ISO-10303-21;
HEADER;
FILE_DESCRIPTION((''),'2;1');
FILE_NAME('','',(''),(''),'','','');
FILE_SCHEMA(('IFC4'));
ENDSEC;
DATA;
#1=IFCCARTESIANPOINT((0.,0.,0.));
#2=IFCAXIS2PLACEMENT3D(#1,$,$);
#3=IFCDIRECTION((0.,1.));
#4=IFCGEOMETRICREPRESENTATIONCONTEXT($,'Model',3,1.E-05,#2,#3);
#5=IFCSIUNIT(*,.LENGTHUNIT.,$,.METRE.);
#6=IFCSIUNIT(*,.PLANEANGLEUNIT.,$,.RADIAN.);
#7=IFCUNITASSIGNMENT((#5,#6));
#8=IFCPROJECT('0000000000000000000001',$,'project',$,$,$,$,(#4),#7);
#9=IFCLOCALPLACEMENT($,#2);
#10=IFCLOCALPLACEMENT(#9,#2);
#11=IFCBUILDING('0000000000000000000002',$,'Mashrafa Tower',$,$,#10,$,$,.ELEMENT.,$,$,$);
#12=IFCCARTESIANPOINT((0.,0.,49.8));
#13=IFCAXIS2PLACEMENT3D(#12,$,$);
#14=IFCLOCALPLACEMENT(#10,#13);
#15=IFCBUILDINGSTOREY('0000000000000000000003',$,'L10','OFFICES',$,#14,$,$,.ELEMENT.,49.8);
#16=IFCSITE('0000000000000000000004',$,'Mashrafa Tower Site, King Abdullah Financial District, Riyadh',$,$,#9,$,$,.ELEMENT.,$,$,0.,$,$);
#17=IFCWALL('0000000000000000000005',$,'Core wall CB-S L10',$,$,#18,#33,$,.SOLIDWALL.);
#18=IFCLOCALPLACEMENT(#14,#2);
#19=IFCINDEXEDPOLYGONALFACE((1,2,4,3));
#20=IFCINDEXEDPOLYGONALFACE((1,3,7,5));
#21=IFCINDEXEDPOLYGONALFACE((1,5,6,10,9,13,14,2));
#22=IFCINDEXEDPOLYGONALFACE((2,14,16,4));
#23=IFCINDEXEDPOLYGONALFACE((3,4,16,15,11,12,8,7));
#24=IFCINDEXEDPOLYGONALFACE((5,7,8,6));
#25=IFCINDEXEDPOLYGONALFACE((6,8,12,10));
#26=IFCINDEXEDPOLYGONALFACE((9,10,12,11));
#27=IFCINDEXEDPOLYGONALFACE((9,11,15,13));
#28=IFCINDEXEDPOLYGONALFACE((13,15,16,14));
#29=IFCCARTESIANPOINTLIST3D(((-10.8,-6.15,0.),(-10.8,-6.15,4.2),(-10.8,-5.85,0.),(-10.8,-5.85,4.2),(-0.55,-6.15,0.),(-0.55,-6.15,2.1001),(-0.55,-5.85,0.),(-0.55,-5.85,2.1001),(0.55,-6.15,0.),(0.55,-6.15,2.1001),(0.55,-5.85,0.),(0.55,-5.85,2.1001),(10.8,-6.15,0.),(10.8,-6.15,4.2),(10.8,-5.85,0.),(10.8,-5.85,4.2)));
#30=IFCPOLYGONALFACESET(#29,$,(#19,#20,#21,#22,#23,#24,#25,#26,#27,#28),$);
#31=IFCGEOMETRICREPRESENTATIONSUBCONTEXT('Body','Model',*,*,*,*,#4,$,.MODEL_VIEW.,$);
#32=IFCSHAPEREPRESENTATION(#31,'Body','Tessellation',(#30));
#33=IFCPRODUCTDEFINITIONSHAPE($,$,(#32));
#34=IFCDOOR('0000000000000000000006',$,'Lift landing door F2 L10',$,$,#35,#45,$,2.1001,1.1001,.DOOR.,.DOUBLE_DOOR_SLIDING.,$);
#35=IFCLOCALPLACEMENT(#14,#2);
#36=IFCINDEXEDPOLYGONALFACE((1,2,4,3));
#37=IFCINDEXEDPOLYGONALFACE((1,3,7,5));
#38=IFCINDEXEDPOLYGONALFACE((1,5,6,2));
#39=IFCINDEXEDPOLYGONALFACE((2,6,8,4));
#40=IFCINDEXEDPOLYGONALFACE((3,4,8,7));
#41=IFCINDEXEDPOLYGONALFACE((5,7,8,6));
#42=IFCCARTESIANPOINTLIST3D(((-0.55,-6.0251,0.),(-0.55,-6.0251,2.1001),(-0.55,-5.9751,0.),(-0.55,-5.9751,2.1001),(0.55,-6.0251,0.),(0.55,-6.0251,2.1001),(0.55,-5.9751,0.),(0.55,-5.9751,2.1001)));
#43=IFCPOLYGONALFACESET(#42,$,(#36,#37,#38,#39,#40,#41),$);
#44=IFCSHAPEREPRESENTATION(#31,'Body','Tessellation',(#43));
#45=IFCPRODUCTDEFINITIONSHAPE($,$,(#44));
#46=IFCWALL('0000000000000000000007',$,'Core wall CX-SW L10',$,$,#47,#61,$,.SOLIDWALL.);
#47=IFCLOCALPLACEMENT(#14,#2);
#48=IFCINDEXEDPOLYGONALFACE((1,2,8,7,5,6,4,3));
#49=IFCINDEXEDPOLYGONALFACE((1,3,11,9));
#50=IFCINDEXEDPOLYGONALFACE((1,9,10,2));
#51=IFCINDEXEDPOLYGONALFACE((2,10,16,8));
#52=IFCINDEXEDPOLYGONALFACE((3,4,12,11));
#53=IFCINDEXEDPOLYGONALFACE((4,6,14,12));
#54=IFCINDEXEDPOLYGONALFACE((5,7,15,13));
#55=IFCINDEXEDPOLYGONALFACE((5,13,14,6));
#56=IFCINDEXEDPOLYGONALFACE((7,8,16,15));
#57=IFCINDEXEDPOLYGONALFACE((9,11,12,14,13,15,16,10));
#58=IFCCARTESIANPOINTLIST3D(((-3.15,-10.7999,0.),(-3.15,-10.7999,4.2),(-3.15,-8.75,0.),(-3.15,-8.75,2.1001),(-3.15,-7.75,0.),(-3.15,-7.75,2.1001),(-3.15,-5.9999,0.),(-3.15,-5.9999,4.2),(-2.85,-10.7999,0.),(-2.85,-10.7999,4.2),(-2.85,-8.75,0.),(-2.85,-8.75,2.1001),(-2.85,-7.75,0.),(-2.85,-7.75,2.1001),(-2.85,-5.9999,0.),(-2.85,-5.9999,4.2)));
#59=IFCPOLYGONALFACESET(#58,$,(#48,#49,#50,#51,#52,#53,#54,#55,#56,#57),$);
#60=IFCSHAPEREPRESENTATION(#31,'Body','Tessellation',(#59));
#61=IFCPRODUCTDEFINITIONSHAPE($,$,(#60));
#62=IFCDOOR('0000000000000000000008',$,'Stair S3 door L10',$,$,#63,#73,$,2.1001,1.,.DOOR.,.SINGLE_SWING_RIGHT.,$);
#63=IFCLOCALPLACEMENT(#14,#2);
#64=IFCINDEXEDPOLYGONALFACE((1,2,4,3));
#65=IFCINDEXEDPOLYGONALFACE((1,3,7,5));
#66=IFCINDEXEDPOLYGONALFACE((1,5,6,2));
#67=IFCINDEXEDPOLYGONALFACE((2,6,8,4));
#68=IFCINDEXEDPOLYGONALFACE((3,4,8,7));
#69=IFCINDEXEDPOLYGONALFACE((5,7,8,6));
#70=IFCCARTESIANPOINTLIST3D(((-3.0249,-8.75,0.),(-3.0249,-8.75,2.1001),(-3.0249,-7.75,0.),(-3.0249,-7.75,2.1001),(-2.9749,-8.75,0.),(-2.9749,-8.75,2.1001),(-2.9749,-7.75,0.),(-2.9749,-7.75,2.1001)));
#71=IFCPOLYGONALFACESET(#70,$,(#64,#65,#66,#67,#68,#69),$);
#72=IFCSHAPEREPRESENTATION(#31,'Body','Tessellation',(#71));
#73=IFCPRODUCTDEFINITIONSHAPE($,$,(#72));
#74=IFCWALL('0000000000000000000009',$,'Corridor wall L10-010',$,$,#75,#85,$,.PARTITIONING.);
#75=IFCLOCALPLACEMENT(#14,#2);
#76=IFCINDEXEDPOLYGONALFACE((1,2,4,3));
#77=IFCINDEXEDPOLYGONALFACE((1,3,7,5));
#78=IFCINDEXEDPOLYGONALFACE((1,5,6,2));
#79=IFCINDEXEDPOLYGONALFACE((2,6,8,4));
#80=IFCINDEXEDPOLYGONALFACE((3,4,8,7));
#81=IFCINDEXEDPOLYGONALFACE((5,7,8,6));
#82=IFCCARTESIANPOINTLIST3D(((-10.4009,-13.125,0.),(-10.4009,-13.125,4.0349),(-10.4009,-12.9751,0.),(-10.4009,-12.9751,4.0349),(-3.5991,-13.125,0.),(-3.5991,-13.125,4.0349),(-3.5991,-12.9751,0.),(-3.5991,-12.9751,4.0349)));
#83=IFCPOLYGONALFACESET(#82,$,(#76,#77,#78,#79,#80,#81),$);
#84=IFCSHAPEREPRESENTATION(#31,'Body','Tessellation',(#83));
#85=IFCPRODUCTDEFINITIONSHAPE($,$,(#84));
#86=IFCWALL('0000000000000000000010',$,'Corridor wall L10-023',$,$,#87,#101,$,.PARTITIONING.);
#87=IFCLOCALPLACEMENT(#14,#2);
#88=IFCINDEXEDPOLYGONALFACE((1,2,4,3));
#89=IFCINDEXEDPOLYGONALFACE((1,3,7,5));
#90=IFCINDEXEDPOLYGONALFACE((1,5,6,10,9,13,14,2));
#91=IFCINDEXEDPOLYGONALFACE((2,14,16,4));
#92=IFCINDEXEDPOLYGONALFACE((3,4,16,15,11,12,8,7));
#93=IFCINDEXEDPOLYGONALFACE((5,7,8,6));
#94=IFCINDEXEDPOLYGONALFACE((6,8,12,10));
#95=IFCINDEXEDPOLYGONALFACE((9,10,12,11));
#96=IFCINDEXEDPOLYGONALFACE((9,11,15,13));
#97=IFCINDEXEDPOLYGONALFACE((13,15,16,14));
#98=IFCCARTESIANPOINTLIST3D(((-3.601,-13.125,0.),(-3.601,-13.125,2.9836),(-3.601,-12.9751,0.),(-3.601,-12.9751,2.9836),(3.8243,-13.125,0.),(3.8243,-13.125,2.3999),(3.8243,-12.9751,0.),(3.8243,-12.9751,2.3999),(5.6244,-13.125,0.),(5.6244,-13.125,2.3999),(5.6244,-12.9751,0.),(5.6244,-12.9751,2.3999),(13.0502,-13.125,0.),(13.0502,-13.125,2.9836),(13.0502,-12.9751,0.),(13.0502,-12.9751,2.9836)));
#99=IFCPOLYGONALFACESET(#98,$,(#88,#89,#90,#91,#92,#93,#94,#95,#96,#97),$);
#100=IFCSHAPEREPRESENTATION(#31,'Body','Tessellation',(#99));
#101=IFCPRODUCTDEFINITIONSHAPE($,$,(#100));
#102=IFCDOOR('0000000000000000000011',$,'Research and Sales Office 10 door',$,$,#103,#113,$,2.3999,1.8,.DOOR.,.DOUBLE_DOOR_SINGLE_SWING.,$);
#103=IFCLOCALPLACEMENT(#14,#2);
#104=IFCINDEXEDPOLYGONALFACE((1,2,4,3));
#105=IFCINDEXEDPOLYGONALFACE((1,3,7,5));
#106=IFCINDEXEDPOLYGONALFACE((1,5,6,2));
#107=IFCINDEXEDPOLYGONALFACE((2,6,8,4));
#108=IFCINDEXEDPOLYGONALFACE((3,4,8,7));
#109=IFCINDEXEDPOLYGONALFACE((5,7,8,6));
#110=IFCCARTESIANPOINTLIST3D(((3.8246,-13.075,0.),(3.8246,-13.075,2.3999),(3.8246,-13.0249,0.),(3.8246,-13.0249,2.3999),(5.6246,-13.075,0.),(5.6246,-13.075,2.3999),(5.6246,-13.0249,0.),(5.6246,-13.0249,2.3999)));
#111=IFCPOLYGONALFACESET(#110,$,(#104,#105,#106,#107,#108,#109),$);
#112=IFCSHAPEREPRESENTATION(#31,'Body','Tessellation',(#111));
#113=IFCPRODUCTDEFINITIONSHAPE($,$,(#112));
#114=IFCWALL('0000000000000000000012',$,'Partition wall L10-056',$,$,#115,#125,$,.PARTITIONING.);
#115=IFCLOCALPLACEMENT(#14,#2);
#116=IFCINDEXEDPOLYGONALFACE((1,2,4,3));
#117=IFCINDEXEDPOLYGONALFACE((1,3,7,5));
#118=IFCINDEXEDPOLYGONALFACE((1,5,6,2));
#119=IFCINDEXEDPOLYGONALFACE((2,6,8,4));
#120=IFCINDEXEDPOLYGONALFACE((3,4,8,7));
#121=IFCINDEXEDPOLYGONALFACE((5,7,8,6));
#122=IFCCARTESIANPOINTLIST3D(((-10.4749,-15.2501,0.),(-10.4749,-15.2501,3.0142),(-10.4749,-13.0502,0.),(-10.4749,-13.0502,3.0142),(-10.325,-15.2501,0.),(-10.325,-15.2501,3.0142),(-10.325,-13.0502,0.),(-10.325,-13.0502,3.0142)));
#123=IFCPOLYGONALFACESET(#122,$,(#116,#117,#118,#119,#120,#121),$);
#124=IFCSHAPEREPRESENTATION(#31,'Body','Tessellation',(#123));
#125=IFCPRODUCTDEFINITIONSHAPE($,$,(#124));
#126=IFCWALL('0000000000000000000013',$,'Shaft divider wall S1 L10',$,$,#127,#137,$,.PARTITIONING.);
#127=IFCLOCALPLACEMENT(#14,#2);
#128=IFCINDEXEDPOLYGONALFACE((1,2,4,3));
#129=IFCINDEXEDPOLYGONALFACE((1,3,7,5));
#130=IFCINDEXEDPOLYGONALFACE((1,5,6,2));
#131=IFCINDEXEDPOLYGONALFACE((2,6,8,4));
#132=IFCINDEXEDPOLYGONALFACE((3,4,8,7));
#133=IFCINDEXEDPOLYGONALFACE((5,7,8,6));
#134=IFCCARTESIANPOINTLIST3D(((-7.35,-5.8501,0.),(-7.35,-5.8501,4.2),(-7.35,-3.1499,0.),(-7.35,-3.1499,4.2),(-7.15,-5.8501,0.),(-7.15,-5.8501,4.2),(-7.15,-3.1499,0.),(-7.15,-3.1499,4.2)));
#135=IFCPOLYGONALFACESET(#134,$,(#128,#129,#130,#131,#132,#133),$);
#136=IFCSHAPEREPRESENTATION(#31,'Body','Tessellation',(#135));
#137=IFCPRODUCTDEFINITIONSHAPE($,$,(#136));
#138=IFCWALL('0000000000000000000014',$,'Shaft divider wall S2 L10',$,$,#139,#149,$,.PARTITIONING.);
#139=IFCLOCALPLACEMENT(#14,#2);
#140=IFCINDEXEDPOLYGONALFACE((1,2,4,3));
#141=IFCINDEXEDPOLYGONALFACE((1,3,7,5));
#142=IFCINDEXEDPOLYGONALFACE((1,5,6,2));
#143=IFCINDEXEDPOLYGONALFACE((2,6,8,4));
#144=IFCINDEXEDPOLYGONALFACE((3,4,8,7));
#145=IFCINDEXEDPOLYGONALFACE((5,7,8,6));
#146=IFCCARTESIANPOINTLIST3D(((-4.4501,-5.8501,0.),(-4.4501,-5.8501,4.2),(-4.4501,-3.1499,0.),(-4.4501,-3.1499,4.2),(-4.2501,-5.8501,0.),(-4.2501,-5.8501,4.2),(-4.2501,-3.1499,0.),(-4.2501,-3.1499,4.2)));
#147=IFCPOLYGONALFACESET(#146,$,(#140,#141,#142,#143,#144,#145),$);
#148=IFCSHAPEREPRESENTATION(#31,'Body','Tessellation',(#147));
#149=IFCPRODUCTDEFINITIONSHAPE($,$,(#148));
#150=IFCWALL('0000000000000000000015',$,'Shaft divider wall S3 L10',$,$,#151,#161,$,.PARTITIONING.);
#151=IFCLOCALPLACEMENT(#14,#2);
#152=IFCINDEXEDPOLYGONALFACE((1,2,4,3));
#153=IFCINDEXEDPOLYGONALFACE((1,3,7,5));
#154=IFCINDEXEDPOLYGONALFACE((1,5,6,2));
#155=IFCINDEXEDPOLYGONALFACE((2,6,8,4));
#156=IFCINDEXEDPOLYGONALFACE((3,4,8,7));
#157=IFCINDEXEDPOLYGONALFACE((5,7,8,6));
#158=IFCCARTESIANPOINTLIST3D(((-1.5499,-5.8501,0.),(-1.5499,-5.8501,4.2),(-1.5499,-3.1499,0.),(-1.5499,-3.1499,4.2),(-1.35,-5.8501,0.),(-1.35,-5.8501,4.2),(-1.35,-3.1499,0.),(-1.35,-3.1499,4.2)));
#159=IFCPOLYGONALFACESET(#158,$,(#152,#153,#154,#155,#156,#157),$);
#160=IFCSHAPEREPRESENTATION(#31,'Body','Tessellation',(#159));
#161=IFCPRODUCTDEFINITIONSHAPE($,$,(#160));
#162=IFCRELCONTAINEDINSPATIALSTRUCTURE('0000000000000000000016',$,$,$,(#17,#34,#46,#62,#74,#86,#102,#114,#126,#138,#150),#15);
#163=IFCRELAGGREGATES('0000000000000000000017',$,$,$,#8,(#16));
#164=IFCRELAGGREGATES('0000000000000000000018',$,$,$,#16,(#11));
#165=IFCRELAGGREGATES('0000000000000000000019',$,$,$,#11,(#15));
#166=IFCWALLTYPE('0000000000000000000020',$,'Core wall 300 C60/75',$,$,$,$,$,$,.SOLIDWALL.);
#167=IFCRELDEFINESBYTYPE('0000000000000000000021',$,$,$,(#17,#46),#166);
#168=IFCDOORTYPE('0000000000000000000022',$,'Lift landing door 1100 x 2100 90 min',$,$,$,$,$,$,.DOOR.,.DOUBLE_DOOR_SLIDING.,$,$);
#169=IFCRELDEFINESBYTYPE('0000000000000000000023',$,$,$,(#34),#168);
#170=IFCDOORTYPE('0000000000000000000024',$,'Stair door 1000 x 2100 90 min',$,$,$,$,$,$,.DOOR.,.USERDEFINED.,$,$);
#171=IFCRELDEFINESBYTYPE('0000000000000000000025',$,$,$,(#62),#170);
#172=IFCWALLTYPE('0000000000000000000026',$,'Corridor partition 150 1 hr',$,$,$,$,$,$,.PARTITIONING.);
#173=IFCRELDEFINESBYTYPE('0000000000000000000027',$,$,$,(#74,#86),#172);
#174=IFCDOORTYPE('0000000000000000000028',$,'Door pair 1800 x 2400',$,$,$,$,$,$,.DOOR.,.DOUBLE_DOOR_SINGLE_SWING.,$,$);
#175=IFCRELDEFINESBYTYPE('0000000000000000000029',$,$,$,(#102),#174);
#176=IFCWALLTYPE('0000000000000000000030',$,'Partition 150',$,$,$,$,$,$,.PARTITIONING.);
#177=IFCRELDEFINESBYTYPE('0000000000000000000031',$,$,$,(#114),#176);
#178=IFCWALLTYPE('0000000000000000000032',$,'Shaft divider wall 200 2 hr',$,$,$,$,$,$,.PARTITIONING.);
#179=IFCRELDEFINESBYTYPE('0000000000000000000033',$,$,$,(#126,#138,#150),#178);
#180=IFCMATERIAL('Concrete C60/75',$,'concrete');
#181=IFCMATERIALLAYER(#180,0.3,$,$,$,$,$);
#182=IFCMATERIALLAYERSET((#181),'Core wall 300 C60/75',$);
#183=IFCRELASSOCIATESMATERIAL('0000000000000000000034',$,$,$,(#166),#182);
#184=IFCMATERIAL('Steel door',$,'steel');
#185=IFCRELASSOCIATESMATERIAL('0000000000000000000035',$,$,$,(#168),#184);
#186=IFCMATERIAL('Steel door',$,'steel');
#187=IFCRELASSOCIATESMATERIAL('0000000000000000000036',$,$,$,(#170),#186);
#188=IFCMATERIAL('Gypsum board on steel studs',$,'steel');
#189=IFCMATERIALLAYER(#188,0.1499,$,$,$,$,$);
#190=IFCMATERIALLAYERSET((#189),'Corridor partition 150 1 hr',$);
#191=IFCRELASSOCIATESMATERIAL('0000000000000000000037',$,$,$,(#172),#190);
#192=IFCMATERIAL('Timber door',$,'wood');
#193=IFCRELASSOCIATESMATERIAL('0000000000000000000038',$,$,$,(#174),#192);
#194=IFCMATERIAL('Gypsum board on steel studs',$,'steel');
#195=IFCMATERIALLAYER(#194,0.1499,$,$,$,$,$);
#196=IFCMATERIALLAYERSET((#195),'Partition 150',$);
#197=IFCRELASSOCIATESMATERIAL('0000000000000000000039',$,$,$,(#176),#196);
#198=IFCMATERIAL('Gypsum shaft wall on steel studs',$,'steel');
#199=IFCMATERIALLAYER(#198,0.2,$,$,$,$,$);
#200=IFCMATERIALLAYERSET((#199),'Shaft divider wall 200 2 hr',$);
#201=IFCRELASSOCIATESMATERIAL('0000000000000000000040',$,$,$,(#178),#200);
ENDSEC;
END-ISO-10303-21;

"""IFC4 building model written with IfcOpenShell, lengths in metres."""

from ifc_helpers import new_model, si_unit, direction, frame, frame_2d, origin, place, context, subcontext, project, spatial, rectangle, extrude, material, layer, layer_set, type_object, element, fill, save


model = new_model("IFC4")

# Units and contexts
model_context = context("Model", 3, precision=1e-05, world=origin(), true_north=direction((0.0, 1.0)))
body_context = subcontext(model_context, "Body", "Model", "MODEL_VIEW")
ifc_project = project(units=[si_unit("LENGTHUNIT", "METRE"), si_unit("PLANEANGLEUNIT", "RADIAN")], contexts=[model_context])

# Site, building, storey
site_placement = place(None, origin())
site = spatial("IfcSite", under=ifc_project, at=site_placement, Name="Mashrafa Tower Site, King Abdullah Financial District, Riyadh", CompositionType="ELEMENT", RefElevation=0.0)
building_placement = place(site_placement, origin())
building = spatial("IfcBuilding", under=site, at=building_placement, Name="Mashrafa Tower", CompositionType="ELEMENT")
storey_placement = place(building_placement, frame((0.0, 0.0, 49.8)))
storey = spatial("IfcBuildingStorey", under=building, at=storey_placement, Name="L10", Description="OFFICES", CompositionType="ELEMENT", Elevation=49.8)

# Shared definitions
ifc_material_1 = material(Name="Concrete C60/75", Category="concrete")
ifc_layer_1 = layer(ifc_material_1, 0.3)
ifc_layer_set_1 = layer_set([ifc_layer_1], Name="Core wall 300 C60/75")
wall_type_1 = type_object("IfcWallType", Name="Core wall 300 C60/75", PredefinedType="SOLIDWALL", material=ifc_layer_set_1)

# Walls, openings, doors
wall_1_placement = place(storey_placement, frame((-10.8, -6.0, 0.0), z_axis=(0.0, 0.0, 1.0), x_axis=(1.0, 0.0, 0.0)))
wall_1 = element("IfcWall", 1, at=wall_1_placement, inside=storey, type_object=wall_type_1, Name="Core wall CB-S L10", PredefinedType="SOLIDWALL", context=body_context, shape_type="SweptSolid", body=[
    extrude(rectangle(XDim=21.6001, YDim=0.3, at=frame_2d((10.8, 0.0))), origin(), (0.0, 0.0, 1.0), 4.2),
])
opening_1_placement = place(wall_1_placement, frame((10.25, 0.0, 0.0)))
opening_1 = element("IfcOpeningElement", 2, at=opening_1_placement, cuts=wall_1, PredefinedType="OPENING", context=body_context, shape_type="SweptSolid", body=[
    extrude(rectangle(XDim=1.1001, YDim=2.1001, at=frame_2d((0.55, 1.05))), frame((0.0, 0.1599, 0.0), z_axis=(0.0, -1.0, 0.0), x_axis=(1.0, 0.0, 0.0)), (0.0, 0.0, 1.0), 0.3201),
])
ifc_material_2 = material(Name="Steel door", Category="steel")
door_type_1 = type_object("IfcDoorType", Name="Lift landing door 1100 x 2100 90 min", OperationType="DOUBLE_DOOR_SLIDING", PredefinedType="DOOR", material=ifc_material_2)
door_1_placement = place(opening_1_placement, origin())
door_1 = element("IfcDoor", 3, at=door_1_placement, inside=storey, type_object=door_type_1, Name="Lift landing door F2 L10", OperationType="DOUBLE_DOOR_SLIDING", OverallHeight=2.1001, OverallWidth=1.1001, PredefinedType="DOOR", context=body_context, shape_type="SweptSolid", body=[
    extrude(rectangle(XDim=1.1001, YDim=2.1001, at=frame_2d((0.55, 1.05))), frame((0.0, 0.0249, 0.0), z_axis=(0.0, -1.0, 0.0), x_axis=(1.0, 0.0, 0.0)), (0.0, 0.0, 1.0), 0.05),
])
fill(opening_1, door_1)
wall_2_placement = place(storey_placement, frame((-3.0, -6.0, 0.0), z_axis=(0.0, 0.0, 1.0), x_axis=(0.0, -1.0, 0.0)))
wall_2 = element("IfcWall", 4, at=wall_2_placement, inside=storey, type_object=wall_type_1, Name="Core wall CX-SW L10", PredefinedType="SOLIDWALL", context=body_context, shape_type="SweptSolid", body=[
    extrude(rectangle(XDim=4.8, YDim=0.3, at=frame_2d((2.3999, 0.0))), origin(), (0.0, 0.0, 1.0), 4.2),
])
opening_2_placement = place(wall_2_placement, frame((1.75, 0.0, 0.0)))
opening_2 = element("IfcOpeningElement", 5, at=opening_2_placement, cuts=wall_2, PredefinedType="OPENING", context=body_context, shape_type="SweptSolid", body=[
    extrude(rectangle(XDim=1.0, YDim=2.1001, at=frame_2d((0.5, 1.05))), frame((0.0, 0.1599, 0.0), z_axis=(0.0, -1.0, 0.0), x_axis=(1.0, 0.0, 0.0)), (0.0, 0.0, 1.0), 0.3201),
])
ifc_material_3 = material(Name="Steel door", Category="steel")
door_type_2 = type_object("IfcDoorType", Name="Stair door 1000 x 2100 90 min", OperationType="USERDEFINED", PredefinedType="DOOR", material=ifc_material_3)
door_2_placement = place(opening_2_placement, frame((1.0, 0.0, 0.0), z_axis=(0.0, 0.0, 1.0), x_axis=(-1.0, 0.0, 0.0)))
door_2 = element("IfcDoor", 6, at=door_2_placement, inside=storey, type_object=door_type_2, Name="Stair S3 door L10", OperationType="SINGLE_SWING_RIGHT", OverallHeight=2.1001, OverallWidth=1.0, PredefinedType="DOOR", context=body_context, shape_type="SweptSolid", body=[
    extrude(rectangle(XDim=1.0, YDim=2.1001, at=frame_2d((0.5, 1.05))), frame((0.0, 0.0249, 0.0), z_axis=(0.0, -1.0, 0.0), x_axis=(1.0, 0.0, 0.0)), (0.0, 0.0, 1.0), 0.05),
])
fill(opening_2, door_2)

# Wall
ifc_material_4 = material(Name="Gypsum board on steel studs", Category="steel")
ifc_layer_2 = layer(ifc_material_4, 0.1499)
ifc_layer_set_2 = layer_set([ifc_layer_2], Name="Corridor partition 150 1 hr")
wall_type_2 = type_object("IfcWallType", Name="Corridor partition 150 1 hr", PredefinedType="PARTITIONING", material=ifc_layer_set_2)
wall_3_placement = place(storey_placement, frame((-10.4009, -13.05, 0.0), z_axis=(0.0, 0.0, 1.0), x_axis=(1.0, 0.0, 0.0)))
element("IfcWall", 7, at=wall_3_placement, inside=storey, type_object=wall_type_2, Name="Corridor wall L10-010", PredefinedType="PARTITIONING", context=body_context, shape_type="SweptSolid", body=[
    extrude(rectangle(XDim=6.8018, YDim=0.1499, at=frame_2d((3.4009, 0.0))), origin(), (0.0, 0.0, 1.0), 4.0349),
])

# Wall, opening, door
wall_4_placement = place(storey_placement, frame((-3.6011, -13.05, 0.0), z_axis=(0.0, 0.0, 1.0), x_axis=(1.0, 0.0, 0.0)))
wall_4 = element("IfcWall", 8, at=wall_4_placement, inside=storey, type_object=wall_type_2, Name="Corridor wall L10-023", PredefinedType="PARTITIONING", context=body_context, shape_type="SweptSolid", body=[
    extrude(rectangle(XDim=16.6511, YDim=0.1499, at=frame_2d((8.3257, 0.0))), origin(), (0.0, 0.0, 1.0), 2.9836),
])
opening_3_placement = place(wall_4_placement, frame((7.4255, 0.0, 0.0)))
opening_3 = element("IfcOpeningElement", 9, at=opening_3_placement, cuts=wall_4, PredefinedType="OPENING", context=body_context, shape_type="SweptSolid", body=[
    extrude(rectangle(XDim=1.8, YDim=2.3999, at=frame_2d((0.8999, 1.2))), frame((0.0, 0.085, 0.0), z_axis=(0.0, -1.0, 0.0), x_axis=(1.0, 0.0, 0.0)), (0.0, 0.0, 1.0), 0.1699),
])
ifc_material_5 = material(Name="Timber door", Category="wood")
door_type_3 = type_object("IfcDoorType", Name="Door pair 1800 x 2400", OperationType="DOUBLE_DOOR_SINGLE_SWING", PredefinedType="DOOR", material=ifc_material_5)
door_3_placement = place(opening_3_placement, frame((1.8, 0.0, 0.0), z_axis=(0.0, 0.0, 1.0), x_axis=(-1.0, 0.0, 0.0)))
door_3 = element("IfcDoor", 10, at=door_3_placement, inside=storey, type_object=door_type_3, Name="Research and Sales Office 10 door", OperationType="DOUBLE_DOOR_SINGLE_SWING", OverallHeight=2.3999, OverallWidth=1.8, PredefinedType="DOOR", context=body_context, shape_type="SweptSolid", body=[
    extrude(rectangle(XDim=1.8, YDim=2.3999, at=frame_2d((0.8999, 1.2))), frame((0.0, 0.0249, 0.0), z_axis=(0.0, -1.0, 0.0), x_axis=(1.0, 0.0, 0.0)), (0.0, 0.0, 1.0), 0.05),
])
fill(opening_3, door_3)

# Walls
ifc_material_6 = material(Name="Gypsum board on steel studs", Category="steel")
ifc_layer_3 = layer(ifc_material_6, 0.1499)
ifc_layer_set_3 = layer_set([ifc_layer_3], Name="Partition 150")
wall_type_3 = type_object("IfcWallType", Name="Partition 150", PredefinedType="PARTITIONING", material=ifc_layer_set_3)
wall_5_placement = place(storey_placement, frame((-10.3999, -13.05, 0.0), z_axis=(0.0, 0.0, 1.0), x_axis=(0.0, -1.0, 0.0)))
element("IfcWall", 11, at=wall_5_placement, inside=storey, type_object=wall_type_3, Name="Partition wall L10-056", PredefinedType="PARTITIONING", context=body_context, shape_type="SweptSolid", body=[
    extrude(rectangle(XDim=2.2, YDim=0.1499, at=frame_2d((1.1001, 0.0))), origin(), (0.0, 0.0, 1.0), 3.0142),
])
ifc_material_7 = material(Name="Gypsum shaft wall on steel studs", Category="steel")
ifc_layer_4 = layer(ifc_material_7, 0.2)
ifc_layer_set_4 = layer_set([ifc_layer_4], Name="Shaft divider wall 200 2 hr")
wall_type_4 = type_object("IfcWallType", Name="Shaft divider wall 200 2 hr", PredefinedType="PARTITIONING", material=ifc_layer_set_4)
for number, where, z_axis, x_axis, name in (
    (12, (-7.25, -5.8501, 0.0), (0.0, 0.0, 1.0), (0.0, 1.0, 0.0), "Shaft divider wall S1 L10"),
    (13, (-4.3501, -5.8501, 0.0), (0.0, 0.0, 1.0), (0.0, 1.0, 0.0), "Shaft divider wall S2 L10"),
    (14, (-1.45, -5.8501, 0.0), (0.0, 0.0, 1.0), (0.0, 1.0, 0.0), "Shaft divider wall S3 L10"),
):
    element("IfcWall", number, at=place(storey_placement, frame(where, z_axis=z_axis, x_axis=x_axis)), inside=storey, type_object=wall_type_4, Name=name, PredefinedType="PARTITIONING", context=body_context, shape_type="SweptSolid", body=[
        extrude(rectangle(XDim=2.7002, YDim=0.2, at=frame_2d((1.3501, 0.0))), origin(), (0.0, 0.0, 1.0), 4.2),
    ])

save(model, "model.ifc")
